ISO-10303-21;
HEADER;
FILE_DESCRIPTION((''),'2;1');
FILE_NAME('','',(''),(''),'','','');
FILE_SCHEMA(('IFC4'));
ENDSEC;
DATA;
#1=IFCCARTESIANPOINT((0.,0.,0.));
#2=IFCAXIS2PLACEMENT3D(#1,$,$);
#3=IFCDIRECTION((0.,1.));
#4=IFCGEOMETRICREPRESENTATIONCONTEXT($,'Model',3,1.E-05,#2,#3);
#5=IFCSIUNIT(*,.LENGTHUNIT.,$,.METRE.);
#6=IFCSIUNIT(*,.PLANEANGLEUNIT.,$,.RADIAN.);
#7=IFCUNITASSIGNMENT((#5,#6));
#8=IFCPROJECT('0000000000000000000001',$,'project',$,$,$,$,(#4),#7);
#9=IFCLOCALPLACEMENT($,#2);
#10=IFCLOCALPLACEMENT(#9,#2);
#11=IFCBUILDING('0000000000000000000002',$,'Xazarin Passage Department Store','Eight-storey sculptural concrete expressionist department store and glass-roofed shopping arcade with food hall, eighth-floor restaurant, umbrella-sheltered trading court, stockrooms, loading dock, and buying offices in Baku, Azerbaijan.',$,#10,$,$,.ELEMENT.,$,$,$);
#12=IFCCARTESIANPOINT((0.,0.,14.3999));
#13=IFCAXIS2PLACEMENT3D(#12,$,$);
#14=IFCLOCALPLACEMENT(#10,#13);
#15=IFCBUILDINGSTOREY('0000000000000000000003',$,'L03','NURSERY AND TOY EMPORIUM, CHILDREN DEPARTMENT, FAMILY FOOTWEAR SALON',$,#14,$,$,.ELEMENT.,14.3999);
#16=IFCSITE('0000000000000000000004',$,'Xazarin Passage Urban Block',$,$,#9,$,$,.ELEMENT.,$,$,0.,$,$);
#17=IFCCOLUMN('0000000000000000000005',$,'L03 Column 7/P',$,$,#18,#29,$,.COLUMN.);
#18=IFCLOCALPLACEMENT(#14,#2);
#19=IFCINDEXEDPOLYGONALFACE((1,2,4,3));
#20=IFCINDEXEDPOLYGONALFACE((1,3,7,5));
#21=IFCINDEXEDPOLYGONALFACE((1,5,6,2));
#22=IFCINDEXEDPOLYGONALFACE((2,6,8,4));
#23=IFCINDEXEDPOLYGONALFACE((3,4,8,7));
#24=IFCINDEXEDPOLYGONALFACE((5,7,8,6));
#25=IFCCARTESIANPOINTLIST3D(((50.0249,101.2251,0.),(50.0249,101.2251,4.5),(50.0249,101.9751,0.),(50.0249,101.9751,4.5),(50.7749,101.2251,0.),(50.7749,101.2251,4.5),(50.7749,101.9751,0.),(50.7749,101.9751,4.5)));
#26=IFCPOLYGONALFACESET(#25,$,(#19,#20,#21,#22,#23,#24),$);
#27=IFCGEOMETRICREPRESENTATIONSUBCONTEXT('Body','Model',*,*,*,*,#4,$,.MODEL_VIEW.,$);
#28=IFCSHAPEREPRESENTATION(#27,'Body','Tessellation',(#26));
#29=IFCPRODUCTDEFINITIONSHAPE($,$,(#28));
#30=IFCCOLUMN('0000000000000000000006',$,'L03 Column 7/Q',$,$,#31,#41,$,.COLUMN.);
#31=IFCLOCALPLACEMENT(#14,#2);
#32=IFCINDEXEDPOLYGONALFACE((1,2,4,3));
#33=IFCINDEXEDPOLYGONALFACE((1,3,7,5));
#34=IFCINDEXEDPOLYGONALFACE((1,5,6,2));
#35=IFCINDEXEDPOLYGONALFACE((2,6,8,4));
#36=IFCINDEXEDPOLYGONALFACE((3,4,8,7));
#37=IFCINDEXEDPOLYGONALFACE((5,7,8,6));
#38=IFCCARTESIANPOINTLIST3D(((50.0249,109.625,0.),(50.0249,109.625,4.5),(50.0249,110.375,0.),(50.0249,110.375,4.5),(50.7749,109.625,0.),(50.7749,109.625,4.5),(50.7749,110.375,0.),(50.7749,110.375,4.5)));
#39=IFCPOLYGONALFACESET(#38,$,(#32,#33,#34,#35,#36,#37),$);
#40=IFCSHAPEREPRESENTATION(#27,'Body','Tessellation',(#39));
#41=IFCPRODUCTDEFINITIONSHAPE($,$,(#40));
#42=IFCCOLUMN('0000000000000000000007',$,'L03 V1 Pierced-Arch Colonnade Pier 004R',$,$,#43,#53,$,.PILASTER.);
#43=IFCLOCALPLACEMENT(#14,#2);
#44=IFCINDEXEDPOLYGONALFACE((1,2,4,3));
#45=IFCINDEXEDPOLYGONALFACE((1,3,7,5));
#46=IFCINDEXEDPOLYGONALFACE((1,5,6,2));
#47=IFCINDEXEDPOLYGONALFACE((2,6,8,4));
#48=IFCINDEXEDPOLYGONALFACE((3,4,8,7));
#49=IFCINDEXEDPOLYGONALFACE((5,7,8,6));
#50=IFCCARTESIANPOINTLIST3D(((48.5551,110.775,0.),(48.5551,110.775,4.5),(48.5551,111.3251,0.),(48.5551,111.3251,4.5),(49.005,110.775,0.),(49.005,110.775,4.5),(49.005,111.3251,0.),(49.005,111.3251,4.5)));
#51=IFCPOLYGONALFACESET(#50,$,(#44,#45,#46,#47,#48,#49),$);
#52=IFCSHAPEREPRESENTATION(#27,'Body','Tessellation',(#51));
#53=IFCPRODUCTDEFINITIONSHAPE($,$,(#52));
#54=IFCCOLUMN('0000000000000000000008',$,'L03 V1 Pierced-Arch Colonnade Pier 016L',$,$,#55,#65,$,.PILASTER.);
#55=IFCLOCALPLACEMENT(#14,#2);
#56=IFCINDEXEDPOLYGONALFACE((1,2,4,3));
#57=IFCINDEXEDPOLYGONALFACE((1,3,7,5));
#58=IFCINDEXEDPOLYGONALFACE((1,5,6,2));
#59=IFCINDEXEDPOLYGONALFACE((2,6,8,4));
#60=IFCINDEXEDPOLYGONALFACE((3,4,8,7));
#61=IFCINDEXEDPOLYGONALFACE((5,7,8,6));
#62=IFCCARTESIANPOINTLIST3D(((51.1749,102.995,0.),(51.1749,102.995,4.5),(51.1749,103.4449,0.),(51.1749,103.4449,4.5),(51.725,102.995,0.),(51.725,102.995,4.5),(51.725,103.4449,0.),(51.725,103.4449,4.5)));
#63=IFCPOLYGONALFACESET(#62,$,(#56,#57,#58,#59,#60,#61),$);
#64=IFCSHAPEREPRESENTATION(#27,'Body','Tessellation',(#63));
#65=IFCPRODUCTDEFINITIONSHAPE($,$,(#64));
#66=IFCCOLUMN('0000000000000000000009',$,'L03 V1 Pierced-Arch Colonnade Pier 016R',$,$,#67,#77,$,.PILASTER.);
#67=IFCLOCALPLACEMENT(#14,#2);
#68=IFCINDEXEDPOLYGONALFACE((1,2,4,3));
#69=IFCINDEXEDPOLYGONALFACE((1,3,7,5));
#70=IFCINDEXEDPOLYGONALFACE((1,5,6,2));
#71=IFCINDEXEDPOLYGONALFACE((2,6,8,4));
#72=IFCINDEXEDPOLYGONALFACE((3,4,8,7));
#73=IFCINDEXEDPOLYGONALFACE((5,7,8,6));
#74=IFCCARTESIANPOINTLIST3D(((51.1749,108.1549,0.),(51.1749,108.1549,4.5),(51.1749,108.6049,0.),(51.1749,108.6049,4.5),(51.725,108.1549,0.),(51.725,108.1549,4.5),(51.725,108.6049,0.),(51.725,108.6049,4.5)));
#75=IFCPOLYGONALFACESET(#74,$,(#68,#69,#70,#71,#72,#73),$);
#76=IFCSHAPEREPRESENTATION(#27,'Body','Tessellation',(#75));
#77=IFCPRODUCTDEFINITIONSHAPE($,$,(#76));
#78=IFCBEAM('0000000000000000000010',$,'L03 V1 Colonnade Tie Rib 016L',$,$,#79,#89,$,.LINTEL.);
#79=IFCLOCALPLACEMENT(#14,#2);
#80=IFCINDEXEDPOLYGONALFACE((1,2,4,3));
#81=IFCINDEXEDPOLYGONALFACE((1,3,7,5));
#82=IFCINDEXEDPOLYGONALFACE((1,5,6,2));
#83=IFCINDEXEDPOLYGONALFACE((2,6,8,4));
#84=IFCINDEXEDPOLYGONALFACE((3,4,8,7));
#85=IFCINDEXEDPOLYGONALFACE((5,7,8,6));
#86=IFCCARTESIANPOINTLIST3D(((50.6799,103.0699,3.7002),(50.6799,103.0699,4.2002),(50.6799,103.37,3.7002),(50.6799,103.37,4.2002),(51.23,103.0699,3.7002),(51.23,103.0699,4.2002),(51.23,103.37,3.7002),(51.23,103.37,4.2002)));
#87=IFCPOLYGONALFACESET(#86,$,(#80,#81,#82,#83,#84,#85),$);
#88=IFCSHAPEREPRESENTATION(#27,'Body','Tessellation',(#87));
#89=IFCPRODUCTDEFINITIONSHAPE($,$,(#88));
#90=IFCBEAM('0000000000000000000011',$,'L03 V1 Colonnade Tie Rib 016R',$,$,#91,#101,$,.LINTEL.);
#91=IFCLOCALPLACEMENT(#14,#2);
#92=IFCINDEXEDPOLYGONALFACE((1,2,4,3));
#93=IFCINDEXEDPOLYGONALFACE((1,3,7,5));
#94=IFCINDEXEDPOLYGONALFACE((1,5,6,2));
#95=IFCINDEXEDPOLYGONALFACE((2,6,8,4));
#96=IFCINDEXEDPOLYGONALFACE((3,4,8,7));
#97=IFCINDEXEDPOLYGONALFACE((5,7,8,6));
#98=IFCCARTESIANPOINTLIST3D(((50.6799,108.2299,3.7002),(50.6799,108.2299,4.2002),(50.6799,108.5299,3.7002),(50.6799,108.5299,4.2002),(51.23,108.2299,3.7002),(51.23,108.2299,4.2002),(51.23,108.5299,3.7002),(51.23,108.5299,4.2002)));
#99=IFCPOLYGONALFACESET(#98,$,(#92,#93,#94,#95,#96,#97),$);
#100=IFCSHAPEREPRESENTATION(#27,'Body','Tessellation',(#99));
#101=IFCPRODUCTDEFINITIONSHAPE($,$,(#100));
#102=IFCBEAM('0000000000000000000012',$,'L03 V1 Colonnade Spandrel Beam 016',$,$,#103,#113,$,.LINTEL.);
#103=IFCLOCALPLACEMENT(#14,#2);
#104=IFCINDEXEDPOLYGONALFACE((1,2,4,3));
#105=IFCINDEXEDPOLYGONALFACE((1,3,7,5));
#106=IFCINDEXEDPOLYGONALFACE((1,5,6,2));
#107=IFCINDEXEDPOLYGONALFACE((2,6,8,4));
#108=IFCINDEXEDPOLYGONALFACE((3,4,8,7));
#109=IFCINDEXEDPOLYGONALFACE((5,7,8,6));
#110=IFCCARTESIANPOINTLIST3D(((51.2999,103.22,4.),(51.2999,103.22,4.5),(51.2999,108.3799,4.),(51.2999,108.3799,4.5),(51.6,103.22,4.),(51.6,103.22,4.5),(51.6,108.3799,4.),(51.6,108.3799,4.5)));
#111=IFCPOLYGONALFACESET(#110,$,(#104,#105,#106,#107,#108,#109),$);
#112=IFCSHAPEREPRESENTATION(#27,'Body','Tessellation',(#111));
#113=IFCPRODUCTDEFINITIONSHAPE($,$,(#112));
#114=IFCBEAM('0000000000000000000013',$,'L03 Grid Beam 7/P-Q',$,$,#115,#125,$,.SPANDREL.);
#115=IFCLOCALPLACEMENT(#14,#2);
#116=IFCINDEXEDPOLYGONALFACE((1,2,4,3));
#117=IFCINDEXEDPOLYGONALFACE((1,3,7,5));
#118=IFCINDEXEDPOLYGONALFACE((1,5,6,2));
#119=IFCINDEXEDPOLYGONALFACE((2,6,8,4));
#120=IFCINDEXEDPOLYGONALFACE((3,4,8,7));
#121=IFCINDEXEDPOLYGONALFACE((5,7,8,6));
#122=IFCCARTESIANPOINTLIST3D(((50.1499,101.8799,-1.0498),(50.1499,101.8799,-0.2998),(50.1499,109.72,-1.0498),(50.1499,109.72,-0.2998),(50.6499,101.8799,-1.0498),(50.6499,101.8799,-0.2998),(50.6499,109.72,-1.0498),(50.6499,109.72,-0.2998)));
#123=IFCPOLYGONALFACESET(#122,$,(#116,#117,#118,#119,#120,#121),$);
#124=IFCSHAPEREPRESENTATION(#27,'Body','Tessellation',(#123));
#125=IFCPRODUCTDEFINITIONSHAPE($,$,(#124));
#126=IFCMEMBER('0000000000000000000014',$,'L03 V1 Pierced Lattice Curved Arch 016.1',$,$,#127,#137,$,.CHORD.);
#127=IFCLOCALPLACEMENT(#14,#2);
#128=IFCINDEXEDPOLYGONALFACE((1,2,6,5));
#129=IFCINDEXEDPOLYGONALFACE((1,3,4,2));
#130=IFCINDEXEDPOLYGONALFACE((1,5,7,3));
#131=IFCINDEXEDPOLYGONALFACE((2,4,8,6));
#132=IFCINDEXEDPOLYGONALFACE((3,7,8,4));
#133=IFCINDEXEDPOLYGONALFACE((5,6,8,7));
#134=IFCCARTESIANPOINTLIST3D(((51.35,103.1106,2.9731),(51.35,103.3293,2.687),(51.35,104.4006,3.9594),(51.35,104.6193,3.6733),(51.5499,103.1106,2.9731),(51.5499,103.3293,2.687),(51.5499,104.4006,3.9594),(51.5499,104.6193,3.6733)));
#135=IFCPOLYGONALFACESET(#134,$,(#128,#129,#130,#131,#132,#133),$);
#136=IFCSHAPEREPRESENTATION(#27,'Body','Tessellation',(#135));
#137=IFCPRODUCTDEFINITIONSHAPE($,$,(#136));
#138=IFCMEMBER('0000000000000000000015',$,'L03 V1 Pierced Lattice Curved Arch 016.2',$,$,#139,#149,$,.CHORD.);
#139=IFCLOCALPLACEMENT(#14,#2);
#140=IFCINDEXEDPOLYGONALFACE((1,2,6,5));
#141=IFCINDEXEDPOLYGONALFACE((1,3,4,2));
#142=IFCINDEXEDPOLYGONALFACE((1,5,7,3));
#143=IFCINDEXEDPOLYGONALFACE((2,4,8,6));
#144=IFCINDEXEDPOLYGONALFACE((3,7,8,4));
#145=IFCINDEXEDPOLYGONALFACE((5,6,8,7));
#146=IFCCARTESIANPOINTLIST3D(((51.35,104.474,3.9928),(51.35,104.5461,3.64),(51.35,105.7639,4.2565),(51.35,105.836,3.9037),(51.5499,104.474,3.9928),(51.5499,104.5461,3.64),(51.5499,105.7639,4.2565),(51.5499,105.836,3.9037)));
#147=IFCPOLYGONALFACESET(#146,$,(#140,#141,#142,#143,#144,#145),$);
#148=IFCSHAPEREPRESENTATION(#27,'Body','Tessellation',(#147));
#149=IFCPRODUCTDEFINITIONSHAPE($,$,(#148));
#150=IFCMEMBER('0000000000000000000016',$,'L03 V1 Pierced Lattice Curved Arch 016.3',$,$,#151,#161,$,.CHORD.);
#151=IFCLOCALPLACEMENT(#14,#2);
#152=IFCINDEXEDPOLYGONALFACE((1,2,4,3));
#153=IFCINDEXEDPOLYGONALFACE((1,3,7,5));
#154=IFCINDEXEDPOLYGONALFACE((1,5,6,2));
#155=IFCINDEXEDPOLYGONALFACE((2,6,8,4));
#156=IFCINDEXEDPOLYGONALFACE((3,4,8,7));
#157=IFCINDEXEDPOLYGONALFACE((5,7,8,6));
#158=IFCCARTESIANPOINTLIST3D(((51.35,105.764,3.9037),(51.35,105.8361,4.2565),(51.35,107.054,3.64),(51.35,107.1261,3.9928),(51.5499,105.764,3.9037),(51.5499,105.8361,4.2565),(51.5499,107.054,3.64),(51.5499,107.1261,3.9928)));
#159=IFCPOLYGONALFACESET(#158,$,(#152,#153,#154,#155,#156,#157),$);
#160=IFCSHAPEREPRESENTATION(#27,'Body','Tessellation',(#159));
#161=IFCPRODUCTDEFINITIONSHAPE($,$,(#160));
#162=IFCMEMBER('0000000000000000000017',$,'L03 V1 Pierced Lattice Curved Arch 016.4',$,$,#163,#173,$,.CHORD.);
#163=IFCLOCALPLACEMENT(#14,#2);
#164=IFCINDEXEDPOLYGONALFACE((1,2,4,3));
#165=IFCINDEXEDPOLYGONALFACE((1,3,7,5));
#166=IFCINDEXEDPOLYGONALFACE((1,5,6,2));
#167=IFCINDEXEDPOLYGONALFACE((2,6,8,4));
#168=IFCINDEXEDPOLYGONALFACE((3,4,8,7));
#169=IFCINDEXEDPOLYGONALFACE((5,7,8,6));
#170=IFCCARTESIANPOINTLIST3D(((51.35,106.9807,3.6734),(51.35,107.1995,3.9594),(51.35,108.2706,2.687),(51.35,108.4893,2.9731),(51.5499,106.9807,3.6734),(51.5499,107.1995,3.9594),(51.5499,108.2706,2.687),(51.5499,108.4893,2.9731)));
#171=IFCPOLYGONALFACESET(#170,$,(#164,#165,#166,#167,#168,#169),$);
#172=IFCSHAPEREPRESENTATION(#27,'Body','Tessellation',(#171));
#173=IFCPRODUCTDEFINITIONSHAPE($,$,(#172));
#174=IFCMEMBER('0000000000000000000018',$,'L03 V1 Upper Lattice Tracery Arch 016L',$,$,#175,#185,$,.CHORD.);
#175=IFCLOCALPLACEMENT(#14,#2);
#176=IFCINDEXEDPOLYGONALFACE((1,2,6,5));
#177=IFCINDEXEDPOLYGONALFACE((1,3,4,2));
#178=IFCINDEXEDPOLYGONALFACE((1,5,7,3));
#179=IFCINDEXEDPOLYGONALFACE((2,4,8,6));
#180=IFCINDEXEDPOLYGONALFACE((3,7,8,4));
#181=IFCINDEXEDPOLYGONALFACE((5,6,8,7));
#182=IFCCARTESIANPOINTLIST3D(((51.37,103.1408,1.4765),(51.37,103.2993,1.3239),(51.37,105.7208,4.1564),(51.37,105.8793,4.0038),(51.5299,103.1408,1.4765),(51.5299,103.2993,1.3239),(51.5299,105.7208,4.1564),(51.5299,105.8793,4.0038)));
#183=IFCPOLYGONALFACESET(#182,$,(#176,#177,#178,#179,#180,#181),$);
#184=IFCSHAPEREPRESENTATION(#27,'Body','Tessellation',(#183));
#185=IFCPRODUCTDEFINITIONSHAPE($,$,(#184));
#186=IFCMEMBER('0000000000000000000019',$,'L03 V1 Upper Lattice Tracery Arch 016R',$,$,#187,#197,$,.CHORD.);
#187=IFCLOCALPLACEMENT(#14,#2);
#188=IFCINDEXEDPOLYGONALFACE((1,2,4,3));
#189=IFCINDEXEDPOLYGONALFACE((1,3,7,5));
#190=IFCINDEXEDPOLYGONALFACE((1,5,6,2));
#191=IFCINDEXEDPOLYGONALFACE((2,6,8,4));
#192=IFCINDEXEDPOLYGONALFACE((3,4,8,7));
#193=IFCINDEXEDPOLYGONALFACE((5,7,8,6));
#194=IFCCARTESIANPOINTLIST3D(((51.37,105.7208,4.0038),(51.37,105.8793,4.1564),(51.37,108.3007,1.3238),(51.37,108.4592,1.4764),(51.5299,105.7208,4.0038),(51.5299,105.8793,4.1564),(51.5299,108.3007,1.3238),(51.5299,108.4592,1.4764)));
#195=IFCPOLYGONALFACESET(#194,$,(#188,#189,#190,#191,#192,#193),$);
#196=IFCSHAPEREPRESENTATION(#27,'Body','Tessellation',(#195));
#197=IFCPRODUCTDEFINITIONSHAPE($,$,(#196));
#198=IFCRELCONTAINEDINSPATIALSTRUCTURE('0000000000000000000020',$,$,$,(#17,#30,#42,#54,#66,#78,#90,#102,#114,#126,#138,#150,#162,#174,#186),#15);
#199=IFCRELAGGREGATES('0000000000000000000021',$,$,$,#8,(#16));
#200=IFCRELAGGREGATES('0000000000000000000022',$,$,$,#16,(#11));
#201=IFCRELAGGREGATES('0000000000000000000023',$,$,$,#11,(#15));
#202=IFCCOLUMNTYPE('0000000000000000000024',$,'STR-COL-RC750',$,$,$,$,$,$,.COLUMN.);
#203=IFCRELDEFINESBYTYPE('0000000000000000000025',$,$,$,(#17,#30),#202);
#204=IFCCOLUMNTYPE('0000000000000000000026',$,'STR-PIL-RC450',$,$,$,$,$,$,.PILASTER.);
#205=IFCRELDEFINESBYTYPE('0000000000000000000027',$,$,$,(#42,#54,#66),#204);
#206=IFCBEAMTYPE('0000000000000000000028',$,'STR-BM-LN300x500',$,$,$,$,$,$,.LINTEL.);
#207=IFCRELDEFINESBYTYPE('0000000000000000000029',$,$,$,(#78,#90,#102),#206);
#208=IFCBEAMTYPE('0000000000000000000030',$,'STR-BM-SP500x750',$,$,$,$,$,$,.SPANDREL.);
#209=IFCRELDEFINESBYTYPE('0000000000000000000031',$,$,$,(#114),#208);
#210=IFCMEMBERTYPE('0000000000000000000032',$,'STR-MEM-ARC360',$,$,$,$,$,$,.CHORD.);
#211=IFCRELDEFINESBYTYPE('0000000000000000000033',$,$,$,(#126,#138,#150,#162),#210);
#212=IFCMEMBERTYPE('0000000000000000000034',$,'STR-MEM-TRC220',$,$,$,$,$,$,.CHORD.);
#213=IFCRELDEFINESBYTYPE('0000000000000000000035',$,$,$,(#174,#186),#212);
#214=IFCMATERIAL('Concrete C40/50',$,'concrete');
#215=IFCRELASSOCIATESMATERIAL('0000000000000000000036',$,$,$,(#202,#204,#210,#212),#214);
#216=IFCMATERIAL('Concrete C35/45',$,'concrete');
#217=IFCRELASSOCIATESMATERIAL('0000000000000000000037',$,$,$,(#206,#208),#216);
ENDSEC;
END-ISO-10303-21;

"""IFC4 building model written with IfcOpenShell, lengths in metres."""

from ifc_helpers import new_model, si_unit, direction, frame, origin, origin_2d, place, context, subcontext, project, spatial, rectangle, extrude, material, material_profile, profile_set, type_object, element, save


model = new_model("IFC4")

# Units and contexts
model_context = context("Model", 3, precision=1e-05, world=origin(), true_north=direction((0.0, 1.0)))
body_context = subcontext(model_context, "Body", "Model", "MODEL_VIEW")
ifc_project = project(units=[si_unit("LENGTHUNIT", "METRE"), si_unit("PLANEANGLEUNIT", "RADIAN")], contexts=[model_context])

# Site, building, storey
site_placement = place(None, origin())
site = spatial("IfcSite", under=ifc_project, at=site_placement, Name="Xazarin Passage Urban Block", CompositionType="ELEMENT", RefElevation=0.0)
building_placement = place(site_placement, origin())
building = spatial("IfcBuilding", under=site, at=building_placement, Name="Xazarin Passage Department Store", Description="Eight-storey sculptural concrete expressionist department store and glass-roofed shopping arcade with food hall, eighth-floor restaurant, umbrella-sheltered trading court, stockrooms, loading dock, and buying offices in Baku, Azerbaijan.", CompositionType="ELEMENT")
storey_placement = place(building_placement, frame((0.0, 0.0, 14.3999)))
storey = spatial("IfcBuildingStorey", under=building, at=storey_placement, Name="L03", Description="NURSERY AND TOY EMPORIUM, CHILDREN DEPARTMENT, FAMILY FOOTWEAR SALON", CompositionType="ELEMENT", Elevation=14.3999)

# Columns
ifc_material_1 = material(Name="Concrete C40/50", Category="concrete")
ifc_material_profile_1 = material_profile(ifc_material_1, rectangle(XDim=0.75, YDim=0.75, at=origin_2d()), Name="RC 750x750")
ifc_profile_set_1 = profile_set([ifc_material_profile_1], Name="Concrete C40/50")
column_type_1 = type_object("IfcColumnType", Name="STR-COL-RC750", PredefinedType="COLUMN", material=ifc_profile_set_1)
for number, where, z_axis, x_axis, name in (
    (1, (50.3999, 101.6001, 0.0), (0.0, 0.0, 1.0), (1.0, 0.0, 0.0), "L03 Column 7/P"),
    (2, (50.3999, 110.0, 0.0), (0.0, 0.0, 1.0), (1.0, 0.0, 0.0), "L03 Column 7/Q"),
):
    element("IfcColumn", number, at=place(storey_placement, frame(where, z_axis=z_axis, x_axis=x_axis)), inside=storey, type_object=column_type_1, Name=name, PredefinedType="COLUMN", context=body_context, shape_type="SweptSolid", body=[
        extrude(rectangle(XDim=0.75, YDim=0.75, at=origin_2d()), origin(), (0.0, 0.0, 1.0), 4.5),
    ])
ifc_material_profile_2 = material_profile(ifc_material_1, rectangle(XDim=0.45, YDim=0.55, at=origin_2d()), Name="RC 450x550")
ifc_profile_set_2 = profile_set([ifc_material_profile_2], Name="Concrete C40/50")
column_type_2 = type_object("IfcColumnType", Name="STR-PIL-RC450", PredefinedType="PILASTER", material=ifc_profile_set_2)
for number, where, z_axis, x_axis, name in (
    (3, (48.78, 111.05, 0.0), (0.0, 0.0, 1.0), (1.0, 0.0, 0.0), "L03 V1 Pierced-Arch Colonnade Pier 004R"),
    (4, (51.45, 103.22, 0.0), (0.0, 0.0, 1.0), (0.0, 1.0, 0.0), "L03 V1 Pierced-Arch Colonnade Pier 016L"),
    (5, (51.45, 108.3799, 0.0), (0.0, 0.0, 1.0), (0.0, 1.0, 0.0), "L03 V1 Pierced-Arch Colonnade Pier 016R"),
):
    element("IfcColumn", number, at=place(storey_placement, frame(where, z_axis=z_axis, x_axis=x_axis)), inside=storey, type_object=column_type_2, Name=name, PredefinedType="PILASTER", context=body_context, shape_type="SweptSolid", body=[
        extrude(rectangle(XDim=0.45, YDim=0.55, at=origin_2d()), origin(), (0.0, 0.0, 1.0), 4.5),
    ])

# Beams
ifc_material_2 = material(Name="Concrete C35/45", Category="concrete")
ifc_material_profile_3 = material_profile(ifc_material_2, rectangle(XDim=0.3, YDim=0.5, at=origin_2d()), Name="RC 300x500")
ifc_profile_set_3 = profile_set([ifc_material_profile_3], Name="Concrete C35/45")
beam_type_1 = type_object("IfcBeamType", Name="STR-BM-LN300x500", PredefinedType="LINTEL", material=ifc_profile_set_3)
for number, where, z_axis, x_axis, name in (
    (6, (50.6799, 103.22, 3.9502), (1.0, 0.0, 0.0), (0.0, 1.0, 0.0), "L03 V1 Colonnade Tie Rib 016L"),
    (7, (50.6799, 108.3799, 3.9502), (1.0, 0.0, 0.0), (0.0, 1.0, 0.0), "L03 V1 Colonnade Tie Rib 016R"),
):
    element("IfcBeam", number, at=place(storey_placement, frame(where, z_axis=z_axis, x_axis=x_axis)), inside=storey, type_object=beam_type_1, Name=name, PredefinedType="LINTEL", context=body_context, shape_type="SweptSolid", body=[
        extrude(rectangle(XDim=0.3, YDim=0.5, at=origin_2d()), origin(), (0.0, 0.0, 1.0), 0.55),
    ])
beam_1_placement = place(storey_placement, frame((51.45, 103.22, 4.25), z_axis=(0.0, 1.0, 0.0), x_axis=(-1.0, 0.0, 0.0)))
element("IfcBeam", 8, at=beam_1_placement, inside=storey, type_object=beam_type_1, Name="L03 V1 Colonnade Spandrel Beam 016", PredefinedType="LINTEL", context=body_context, shape_type="SweptSolid", body=[
    extrude(rectangle(XDim=0.3, YDim=0.5, at=origin_2d()), origin(), (0.0, 0.0, 1.0), 5.1599),
])
ifc_material_profile_4 = material_profile(ifc_material_2, rectangle(XDim=0.5, YDim=0.75, at=origin_2d()), Name="RC 500x750")
ifc_profile_set_4 = profile_set([ifc_material_profile_4], Name="Concrete C35/45")
beam_type_2 = type_object("IfcBeamType", Name="STR-BM-SP500x750", PredefinedType="SPANDREL", material=ifc_profile_set_4)
beam_2_placement = place(storey_placement, frame((50.3999, 101.8799, -0.6748), z_axis=(0.0, 1.0, 0.0), x_axis=(-1.0, 0.0, 0.0)))
element("IfcBeam", 9, at=beam_2_placement, inside=storey, type_object=beam_type_2, Name="L03 Grid Beam 7/P-Q", PredefinedType="SPANDREL", context=body_context, shape_type="SweptSolid", body=[
    extrude(rectangle(XDim=0.5, YDim=0.75, at=origin_2d()), origin(), (0.0, 0.0, 1.0), 7.8401),
])

# Members
ifc_material_profile_5 = material_profile(ifc_material_1, rectangle(XDim=0.2, YDim=0.3601, at=origin_2d()), Name="RC 200x360")
ifc_profile_set_5 = profile_set([ifc_material_profile_5], Name="Concrete C40/50")
member_type_1 = type_object("IfcMemberType", Name="STR-MEM-ARC360", PredefinedType="CHORD", material=ifc_profile_set_5)
member_1_placement = place(storey_placement, frame((51.45, 103.22, 2.8301), z_axis=(0.0, 0.794409, 0.607383), x_axis=(-1.0, 0.0, 0.0)))
element("IfcMember", 10, at=member_1_placement, inside=storey, type_object=member_type_1, Name="L03 V1 Pierced Lattice Curved Arch 016.1", PredefinedType="CHORD", context=body_context, shape_type="SweptSolid", body=[
    extrude(rectangle(XDim=0.2, YDim=0.3601, at=origin_2d()), origin(), (0.0, 0.0, 1.0), 1.6238),
])
for number, where, z_axis, x_axis, name in (
    (11, (51.45, 104.51, 3.8164), (0.0, 0.979745, 0.200251), (-1.0, 0.0, 0.0), "L03 V1 Pierced Lattice Curved Arch 016.2"),
    (12, (51.45, 105.8, 4.0801), (0.0, 0.979745, -0.200251), (-1.0, 0.0, 0.0), "L03 V1 Pierced Lattice Curved Arch 016.3"),
):
    element("IfcMember", number, at=place(storey_placement, frame(where, z_axis=z_axis, x_axis=x_axis)), inside=storey, type_object=member_type_1, Name=name, PredefinedType="CHORD", context=body_context, shape_type="SweptSolid", body=[
        extrude(rectangle(XDim=0.2, YDim=0.3601, at=origin_2d()), origin(), (0.0, 0.0, 1.0), 1.3167),
    ])
member_2_placement = place(storey_placement, frame((51.45, 107.0901, 3.8164), z_axis=(0.0, 0.794354, -0.607456), x_axis=(-1.0, 0.0, 0.0)))
element("IfcMember", 13, at=member_2_placement, inside=storey, type_object=member_type_1, Name="L03 V1 Pierced Lattice Curved Arch 016.4", PredefinedType="CHORD", context=body_context, shape_type="SweptSolid", body=[
    extrude(rectangle(XDim=0.2, YDim=0.3601, at=origin_2d()), origin(), (0.0, 0.0, 1.0), 1.6238),
])
ifc_material_profile_6 = material_profile(ifc_material_1, rectangle(XDim=0.1599, YDim=0.22, at=origin_2d()), Name="RC 160x220")
ifc_profile_set_6 = profile_set([ifc_material_profile_6], Name="Concrete C40/50")
member_type_2 = type_object("IfcMemberType", Name="STR-MEM-TRC220", PredefinedType="CHORD", material=ifc_profile_set_6)
for number, where, z_axis, x_axis, name in (
    (14, (51.45, 105.8, 4.0801), (0.0, -0.693558, -0.7204), (1.0, 0.0, 0.0), "L03 V1 Upper Lattice Tracery Arch 016L"),
    (15, (51.45, 105.8, 4.0801), (0.0, 0.693524, -0.720433), (-1.0, 0.0, 0.0), "L03 V1 Upper Lattice Tracery Arch 016R"),
):
    element("IfcMember", number, at=place(storey_placement, frame(where, z_axis=z_axis, x_axis=x_axis)), inside=storey, type_object=member_type_2, Name=name, PredefinedType="CHORD", context=body_context, shape_type="SweptSolid", body=[
        extrude(rectangle(XDim=0.1599, YDim=0.22, at=origin_2d()), origin(), (0.0, 0.0, 1.0), 3.72),
    ])

save(model, "model.ifc")
